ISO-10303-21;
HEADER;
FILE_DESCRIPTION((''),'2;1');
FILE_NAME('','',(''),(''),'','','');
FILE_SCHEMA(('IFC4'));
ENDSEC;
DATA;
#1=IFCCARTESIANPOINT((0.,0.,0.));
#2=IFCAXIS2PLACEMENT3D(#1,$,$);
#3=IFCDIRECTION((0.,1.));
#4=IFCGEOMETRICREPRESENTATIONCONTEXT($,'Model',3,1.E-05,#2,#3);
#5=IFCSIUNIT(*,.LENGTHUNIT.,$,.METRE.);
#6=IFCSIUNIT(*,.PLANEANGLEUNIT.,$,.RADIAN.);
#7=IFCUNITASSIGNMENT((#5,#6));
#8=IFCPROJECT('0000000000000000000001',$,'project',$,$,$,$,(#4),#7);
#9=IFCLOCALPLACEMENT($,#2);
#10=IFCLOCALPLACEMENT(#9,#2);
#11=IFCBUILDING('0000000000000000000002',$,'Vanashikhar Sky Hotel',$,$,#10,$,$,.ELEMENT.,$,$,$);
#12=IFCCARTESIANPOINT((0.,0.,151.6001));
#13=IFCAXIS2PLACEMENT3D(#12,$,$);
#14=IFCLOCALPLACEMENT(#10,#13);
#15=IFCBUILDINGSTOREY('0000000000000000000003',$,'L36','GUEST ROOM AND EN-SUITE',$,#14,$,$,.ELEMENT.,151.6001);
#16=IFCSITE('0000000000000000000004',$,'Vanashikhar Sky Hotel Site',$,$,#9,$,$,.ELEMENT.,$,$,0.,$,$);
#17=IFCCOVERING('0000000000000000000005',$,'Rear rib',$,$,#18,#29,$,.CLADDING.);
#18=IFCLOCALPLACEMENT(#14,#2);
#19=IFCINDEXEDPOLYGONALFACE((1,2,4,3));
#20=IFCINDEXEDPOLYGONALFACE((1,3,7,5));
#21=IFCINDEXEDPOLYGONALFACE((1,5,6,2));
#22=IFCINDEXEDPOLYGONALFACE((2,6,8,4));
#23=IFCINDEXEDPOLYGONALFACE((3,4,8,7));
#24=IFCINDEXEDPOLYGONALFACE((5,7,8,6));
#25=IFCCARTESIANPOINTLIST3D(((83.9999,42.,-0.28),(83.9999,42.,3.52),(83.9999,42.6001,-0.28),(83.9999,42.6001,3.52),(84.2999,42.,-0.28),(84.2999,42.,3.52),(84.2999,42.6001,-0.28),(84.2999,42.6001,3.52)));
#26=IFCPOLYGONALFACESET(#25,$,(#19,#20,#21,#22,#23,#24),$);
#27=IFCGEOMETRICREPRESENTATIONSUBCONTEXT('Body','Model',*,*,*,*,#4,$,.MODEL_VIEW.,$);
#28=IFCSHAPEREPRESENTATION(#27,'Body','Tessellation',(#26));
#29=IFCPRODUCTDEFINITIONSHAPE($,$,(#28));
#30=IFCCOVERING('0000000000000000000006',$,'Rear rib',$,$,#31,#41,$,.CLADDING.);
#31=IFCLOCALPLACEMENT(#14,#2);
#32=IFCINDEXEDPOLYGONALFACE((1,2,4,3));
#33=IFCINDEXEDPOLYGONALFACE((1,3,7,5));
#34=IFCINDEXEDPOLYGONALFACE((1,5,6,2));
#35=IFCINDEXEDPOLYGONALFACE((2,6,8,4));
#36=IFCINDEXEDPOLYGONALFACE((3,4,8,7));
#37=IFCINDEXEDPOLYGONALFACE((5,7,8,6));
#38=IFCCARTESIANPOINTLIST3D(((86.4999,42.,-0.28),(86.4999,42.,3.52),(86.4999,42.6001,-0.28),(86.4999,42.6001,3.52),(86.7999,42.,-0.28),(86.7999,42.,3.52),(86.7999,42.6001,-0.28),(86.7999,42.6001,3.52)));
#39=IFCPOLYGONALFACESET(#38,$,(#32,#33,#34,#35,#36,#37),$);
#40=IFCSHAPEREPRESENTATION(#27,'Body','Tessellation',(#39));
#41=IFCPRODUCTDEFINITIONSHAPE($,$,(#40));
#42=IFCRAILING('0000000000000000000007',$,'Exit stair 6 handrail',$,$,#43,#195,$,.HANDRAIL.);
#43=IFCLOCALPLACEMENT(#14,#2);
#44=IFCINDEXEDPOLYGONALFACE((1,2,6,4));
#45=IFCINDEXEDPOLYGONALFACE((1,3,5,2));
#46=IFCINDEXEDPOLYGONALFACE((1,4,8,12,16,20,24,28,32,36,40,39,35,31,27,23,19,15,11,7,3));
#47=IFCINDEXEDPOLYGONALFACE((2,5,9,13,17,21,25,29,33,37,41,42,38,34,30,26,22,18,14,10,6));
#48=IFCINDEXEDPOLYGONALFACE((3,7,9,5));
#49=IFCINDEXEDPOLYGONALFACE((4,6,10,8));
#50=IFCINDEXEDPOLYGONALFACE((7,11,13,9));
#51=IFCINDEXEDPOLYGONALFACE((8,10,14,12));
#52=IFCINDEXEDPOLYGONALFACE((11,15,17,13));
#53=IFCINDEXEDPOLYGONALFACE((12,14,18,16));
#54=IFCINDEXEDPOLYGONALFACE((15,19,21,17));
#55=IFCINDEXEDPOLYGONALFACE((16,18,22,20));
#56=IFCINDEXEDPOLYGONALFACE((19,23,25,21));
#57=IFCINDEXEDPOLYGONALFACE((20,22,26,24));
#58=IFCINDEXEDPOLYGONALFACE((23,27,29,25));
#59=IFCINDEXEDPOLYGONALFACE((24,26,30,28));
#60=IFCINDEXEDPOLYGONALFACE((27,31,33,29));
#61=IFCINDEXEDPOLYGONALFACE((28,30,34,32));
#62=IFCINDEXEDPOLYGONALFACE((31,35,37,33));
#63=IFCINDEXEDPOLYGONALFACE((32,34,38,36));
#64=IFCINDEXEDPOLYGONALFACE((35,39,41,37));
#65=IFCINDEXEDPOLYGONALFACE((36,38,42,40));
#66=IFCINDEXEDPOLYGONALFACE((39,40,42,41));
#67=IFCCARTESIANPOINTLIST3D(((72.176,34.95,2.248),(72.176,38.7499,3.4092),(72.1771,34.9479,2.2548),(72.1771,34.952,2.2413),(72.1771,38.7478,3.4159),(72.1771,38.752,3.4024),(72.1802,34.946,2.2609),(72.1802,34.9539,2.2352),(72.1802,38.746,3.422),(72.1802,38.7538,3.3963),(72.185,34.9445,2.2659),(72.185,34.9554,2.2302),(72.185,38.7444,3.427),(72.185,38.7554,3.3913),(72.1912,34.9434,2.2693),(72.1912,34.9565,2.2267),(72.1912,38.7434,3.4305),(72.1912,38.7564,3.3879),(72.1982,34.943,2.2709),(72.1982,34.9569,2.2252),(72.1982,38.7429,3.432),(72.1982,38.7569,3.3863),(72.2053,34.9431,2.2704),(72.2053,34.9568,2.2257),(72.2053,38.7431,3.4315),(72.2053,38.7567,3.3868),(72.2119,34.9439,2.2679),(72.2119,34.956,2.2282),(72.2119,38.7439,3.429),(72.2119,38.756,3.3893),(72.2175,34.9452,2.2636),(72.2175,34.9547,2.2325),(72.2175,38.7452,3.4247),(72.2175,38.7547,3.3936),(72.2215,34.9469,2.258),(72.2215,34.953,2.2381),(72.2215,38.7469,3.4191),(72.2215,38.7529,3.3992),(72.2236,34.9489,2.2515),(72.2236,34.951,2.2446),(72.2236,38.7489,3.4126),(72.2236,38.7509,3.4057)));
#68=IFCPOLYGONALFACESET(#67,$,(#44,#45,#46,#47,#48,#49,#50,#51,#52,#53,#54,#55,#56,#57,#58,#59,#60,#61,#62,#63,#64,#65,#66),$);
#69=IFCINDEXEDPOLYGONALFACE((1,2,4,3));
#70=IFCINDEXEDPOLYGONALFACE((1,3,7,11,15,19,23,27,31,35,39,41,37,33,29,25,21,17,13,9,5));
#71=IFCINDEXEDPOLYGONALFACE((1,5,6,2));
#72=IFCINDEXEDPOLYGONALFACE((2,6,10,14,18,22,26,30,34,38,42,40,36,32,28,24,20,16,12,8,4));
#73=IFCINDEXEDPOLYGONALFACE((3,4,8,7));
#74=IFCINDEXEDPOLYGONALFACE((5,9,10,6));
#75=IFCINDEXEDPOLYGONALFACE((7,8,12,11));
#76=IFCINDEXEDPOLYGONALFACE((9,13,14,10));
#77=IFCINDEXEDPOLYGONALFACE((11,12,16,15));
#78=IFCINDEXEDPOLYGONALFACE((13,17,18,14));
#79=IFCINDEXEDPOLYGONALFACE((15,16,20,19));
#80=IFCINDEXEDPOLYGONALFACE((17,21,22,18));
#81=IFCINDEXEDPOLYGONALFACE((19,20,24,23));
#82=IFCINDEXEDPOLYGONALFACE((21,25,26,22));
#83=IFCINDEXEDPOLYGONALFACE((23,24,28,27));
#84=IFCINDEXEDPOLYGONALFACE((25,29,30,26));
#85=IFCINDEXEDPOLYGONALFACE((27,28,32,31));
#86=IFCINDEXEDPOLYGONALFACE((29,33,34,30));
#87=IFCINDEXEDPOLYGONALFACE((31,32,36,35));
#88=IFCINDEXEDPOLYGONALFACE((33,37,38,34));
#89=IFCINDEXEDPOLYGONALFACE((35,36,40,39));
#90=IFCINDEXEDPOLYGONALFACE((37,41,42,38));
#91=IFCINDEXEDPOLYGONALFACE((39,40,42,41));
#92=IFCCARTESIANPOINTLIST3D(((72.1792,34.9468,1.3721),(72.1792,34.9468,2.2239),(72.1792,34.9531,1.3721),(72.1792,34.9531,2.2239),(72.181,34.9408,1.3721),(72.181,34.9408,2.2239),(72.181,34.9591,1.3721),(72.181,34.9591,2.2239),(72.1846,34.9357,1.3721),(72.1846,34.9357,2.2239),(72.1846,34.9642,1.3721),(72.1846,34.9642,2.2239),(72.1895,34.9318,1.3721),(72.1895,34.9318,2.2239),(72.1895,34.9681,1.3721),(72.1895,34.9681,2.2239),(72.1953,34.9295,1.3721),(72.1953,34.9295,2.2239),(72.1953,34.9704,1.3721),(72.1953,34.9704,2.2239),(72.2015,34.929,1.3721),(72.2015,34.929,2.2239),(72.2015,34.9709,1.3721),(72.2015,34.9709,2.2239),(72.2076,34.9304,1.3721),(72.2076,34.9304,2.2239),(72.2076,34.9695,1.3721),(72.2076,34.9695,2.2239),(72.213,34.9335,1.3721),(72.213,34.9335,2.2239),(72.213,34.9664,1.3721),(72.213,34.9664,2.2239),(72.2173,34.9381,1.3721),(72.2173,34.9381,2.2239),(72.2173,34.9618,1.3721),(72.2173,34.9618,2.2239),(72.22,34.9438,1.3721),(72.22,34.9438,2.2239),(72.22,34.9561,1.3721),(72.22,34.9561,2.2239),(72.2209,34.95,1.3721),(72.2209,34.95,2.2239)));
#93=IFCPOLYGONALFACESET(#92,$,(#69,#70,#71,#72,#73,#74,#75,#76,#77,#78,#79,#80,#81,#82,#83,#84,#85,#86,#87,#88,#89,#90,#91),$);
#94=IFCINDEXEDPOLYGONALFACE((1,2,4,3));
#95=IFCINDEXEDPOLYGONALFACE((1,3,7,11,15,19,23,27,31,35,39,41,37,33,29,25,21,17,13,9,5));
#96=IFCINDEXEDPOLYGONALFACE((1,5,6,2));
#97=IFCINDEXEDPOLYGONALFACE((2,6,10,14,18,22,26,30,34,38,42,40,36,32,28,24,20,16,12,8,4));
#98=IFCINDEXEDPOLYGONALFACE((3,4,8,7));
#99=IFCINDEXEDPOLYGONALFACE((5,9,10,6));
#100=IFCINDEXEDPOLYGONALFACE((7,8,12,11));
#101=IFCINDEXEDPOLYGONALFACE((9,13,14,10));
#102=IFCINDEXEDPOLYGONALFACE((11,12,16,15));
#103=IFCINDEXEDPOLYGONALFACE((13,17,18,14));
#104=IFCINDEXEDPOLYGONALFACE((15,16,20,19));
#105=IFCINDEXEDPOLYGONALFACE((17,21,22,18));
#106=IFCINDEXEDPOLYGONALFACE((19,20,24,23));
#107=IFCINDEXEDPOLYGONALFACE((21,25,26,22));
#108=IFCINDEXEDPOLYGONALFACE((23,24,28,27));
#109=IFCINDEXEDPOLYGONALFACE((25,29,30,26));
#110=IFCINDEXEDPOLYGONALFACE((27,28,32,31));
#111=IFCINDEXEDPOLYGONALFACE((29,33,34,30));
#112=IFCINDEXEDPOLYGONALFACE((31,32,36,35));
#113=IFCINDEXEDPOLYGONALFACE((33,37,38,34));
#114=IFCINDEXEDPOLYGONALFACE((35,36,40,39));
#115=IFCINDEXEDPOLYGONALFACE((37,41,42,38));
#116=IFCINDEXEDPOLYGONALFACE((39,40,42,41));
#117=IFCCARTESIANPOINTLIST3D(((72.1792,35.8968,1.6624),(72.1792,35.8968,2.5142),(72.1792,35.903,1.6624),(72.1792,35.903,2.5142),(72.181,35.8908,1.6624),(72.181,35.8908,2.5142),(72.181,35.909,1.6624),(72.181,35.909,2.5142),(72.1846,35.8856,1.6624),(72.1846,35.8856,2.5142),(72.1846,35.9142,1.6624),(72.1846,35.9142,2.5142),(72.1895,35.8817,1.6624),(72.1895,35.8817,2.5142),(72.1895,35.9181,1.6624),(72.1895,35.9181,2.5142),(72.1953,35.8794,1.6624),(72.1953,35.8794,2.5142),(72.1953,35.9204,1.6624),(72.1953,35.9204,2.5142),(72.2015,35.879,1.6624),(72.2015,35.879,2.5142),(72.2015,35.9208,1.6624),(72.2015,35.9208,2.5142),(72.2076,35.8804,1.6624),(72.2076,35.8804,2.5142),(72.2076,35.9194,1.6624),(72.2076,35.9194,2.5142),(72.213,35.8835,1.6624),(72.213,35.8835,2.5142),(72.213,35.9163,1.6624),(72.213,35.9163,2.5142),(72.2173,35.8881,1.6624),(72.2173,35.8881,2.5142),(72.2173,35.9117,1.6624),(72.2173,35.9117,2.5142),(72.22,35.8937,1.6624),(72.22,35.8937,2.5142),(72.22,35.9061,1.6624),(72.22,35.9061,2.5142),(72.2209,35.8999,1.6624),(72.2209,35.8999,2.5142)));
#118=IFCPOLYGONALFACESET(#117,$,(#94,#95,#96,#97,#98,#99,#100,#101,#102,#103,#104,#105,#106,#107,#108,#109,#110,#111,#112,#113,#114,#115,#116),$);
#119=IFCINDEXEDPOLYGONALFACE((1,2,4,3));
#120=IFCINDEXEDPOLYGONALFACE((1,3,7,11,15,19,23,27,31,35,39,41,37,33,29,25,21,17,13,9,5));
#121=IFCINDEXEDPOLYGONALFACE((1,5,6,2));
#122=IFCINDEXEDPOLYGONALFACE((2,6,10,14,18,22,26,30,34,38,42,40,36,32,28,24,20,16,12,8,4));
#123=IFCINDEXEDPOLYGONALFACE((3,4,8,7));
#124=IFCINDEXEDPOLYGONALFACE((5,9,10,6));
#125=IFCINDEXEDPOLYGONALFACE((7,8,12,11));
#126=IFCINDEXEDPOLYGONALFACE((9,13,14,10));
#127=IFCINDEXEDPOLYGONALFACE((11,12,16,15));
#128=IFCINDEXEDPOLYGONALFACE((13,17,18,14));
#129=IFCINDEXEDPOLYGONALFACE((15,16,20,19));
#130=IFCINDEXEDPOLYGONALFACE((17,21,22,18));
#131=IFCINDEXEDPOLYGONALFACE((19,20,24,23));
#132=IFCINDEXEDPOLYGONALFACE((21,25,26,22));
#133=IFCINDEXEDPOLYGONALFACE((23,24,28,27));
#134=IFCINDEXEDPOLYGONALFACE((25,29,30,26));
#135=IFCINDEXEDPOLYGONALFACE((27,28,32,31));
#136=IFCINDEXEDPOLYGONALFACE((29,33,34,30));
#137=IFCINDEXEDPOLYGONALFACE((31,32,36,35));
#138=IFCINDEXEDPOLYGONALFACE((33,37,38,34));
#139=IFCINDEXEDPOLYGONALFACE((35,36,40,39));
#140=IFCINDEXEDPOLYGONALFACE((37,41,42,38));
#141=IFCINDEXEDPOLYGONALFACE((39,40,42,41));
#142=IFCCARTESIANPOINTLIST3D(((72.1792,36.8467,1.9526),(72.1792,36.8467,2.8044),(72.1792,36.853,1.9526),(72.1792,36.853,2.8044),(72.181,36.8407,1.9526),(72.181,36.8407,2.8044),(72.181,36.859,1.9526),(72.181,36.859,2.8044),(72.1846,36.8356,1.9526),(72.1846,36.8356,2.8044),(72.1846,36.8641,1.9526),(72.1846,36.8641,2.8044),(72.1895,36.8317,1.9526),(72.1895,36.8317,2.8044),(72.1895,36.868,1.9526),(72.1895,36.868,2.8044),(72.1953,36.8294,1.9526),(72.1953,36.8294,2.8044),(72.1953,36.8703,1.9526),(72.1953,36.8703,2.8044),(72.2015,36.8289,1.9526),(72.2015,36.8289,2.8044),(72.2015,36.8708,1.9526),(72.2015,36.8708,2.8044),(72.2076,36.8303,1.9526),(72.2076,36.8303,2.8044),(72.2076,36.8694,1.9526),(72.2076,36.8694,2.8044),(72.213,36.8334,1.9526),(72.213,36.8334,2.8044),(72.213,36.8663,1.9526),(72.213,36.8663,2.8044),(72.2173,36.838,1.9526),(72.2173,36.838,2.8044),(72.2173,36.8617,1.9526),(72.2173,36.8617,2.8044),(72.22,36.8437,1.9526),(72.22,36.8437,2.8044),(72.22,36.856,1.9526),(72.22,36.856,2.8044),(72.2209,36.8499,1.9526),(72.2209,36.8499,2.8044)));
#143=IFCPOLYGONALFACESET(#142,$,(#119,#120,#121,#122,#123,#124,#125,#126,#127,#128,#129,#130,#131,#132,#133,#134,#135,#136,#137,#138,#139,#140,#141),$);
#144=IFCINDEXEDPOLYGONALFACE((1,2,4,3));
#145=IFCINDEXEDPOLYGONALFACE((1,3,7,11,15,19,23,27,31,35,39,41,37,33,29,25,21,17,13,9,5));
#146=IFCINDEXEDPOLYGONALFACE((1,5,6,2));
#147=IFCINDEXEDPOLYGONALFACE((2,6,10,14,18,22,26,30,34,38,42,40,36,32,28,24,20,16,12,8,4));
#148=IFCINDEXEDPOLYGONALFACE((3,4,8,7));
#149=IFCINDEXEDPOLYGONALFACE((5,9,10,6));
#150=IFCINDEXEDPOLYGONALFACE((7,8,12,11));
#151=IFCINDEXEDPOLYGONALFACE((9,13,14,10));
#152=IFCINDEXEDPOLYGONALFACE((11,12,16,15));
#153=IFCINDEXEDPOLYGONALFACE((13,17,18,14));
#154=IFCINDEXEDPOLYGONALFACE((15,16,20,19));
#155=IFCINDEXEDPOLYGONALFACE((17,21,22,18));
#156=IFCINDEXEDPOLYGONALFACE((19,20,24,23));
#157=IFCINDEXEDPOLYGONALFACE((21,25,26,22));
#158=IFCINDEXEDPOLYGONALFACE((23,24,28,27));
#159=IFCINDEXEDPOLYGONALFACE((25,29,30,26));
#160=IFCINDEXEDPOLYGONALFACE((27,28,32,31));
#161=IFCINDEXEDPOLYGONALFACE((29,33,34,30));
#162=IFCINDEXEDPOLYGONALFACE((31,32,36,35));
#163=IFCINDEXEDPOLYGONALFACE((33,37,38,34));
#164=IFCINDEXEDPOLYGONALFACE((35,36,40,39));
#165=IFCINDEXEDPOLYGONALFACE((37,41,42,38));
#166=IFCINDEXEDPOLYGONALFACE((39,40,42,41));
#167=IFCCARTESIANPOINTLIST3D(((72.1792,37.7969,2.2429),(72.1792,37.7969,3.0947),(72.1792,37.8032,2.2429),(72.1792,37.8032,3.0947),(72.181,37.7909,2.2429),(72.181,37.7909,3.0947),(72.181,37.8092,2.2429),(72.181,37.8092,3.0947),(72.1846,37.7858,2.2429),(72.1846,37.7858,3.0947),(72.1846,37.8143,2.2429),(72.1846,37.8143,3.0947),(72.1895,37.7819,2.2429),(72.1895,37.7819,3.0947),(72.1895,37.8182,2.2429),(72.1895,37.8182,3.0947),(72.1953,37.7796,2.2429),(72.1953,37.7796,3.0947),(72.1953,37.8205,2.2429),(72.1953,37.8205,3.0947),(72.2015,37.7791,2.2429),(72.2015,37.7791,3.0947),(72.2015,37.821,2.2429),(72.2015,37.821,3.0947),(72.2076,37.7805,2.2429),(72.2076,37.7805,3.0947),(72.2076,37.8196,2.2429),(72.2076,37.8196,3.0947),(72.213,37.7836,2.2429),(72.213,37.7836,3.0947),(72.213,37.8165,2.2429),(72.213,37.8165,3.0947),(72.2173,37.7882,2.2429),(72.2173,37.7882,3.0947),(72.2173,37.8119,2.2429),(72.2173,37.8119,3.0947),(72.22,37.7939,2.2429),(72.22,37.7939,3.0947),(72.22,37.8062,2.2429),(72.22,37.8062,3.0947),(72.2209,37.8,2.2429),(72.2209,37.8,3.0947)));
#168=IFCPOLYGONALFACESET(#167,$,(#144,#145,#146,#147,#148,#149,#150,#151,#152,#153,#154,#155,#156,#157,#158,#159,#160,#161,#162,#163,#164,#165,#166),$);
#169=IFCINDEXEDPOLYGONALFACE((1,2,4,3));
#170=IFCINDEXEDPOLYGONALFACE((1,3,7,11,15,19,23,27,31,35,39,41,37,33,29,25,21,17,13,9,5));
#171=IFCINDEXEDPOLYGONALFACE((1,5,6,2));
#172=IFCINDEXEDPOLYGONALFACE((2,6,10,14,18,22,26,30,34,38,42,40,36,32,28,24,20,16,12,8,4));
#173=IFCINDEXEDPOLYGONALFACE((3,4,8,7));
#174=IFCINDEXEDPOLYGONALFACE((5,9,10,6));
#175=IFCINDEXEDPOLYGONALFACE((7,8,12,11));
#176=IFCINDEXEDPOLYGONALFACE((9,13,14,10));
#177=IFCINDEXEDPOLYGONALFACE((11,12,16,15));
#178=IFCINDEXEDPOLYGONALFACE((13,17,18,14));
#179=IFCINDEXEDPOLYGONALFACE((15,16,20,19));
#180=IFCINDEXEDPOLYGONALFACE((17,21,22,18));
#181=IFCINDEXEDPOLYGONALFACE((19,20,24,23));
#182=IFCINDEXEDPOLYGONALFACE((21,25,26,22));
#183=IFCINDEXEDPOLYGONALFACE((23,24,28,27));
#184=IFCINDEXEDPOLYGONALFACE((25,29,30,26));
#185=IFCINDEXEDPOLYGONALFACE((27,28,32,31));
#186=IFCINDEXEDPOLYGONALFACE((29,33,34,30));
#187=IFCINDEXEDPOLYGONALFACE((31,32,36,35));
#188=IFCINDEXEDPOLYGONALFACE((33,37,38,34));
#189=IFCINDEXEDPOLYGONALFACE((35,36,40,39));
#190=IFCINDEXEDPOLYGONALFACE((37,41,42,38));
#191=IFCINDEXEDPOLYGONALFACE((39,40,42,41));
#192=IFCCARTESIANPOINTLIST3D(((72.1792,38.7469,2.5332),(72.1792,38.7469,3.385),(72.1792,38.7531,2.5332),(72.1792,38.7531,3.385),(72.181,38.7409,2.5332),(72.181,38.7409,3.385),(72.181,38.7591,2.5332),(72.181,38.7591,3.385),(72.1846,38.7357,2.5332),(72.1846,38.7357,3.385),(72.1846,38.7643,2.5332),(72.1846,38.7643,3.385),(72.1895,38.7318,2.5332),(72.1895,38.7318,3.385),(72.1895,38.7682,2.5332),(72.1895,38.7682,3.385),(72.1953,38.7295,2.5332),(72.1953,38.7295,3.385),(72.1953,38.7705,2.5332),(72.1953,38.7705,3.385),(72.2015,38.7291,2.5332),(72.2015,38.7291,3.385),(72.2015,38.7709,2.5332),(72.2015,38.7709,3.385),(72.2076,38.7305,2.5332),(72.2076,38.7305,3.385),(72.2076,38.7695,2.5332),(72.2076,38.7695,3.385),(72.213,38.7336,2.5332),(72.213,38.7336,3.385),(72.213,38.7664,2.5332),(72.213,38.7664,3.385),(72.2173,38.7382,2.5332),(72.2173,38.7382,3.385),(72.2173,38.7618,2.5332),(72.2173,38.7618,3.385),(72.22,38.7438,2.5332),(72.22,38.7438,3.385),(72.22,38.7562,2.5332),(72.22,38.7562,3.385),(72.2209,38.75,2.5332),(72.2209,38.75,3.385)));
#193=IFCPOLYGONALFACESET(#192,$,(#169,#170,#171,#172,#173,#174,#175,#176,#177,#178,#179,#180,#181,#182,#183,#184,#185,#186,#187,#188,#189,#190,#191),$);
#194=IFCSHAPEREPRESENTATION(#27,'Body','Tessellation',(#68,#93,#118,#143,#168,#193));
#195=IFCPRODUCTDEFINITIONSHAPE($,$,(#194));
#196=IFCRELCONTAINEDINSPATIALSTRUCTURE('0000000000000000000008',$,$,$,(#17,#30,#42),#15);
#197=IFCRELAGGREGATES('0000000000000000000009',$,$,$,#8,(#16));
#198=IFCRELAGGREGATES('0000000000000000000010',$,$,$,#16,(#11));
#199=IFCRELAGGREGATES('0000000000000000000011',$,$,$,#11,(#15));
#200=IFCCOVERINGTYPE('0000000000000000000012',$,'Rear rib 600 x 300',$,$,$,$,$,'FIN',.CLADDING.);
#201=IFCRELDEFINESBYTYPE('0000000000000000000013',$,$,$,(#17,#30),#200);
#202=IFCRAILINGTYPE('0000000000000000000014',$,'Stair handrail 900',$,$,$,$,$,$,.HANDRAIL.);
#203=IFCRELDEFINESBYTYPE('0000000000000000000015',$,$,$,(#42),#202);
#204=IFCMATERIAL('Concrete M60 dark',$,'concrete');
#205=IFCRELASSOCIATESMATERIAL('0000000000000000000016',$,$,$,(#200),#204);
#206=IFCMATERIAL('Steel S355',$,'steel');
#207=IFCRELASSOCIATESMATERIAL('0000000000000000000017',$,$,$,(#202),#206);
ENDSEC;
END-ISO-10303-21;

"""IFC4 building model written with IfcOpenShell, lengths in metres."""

from ifc_helpers import new_model, si_unit, direction, frame, origin, origin_2d, place, context, subcontext, project, spatial, rectangle, circle, extrude, source, transform, mapped, material, material_profile, profile_set, type_object, element, save


model = new_model("IFC4")

# Units and contexts
model_context = context("Model", 3, precision=1e-05, world=origin(), true_north=direction((0.0, 1.0)))
body_context = subcontext(model_context, "Body", "Model", "MODEL_VIEW")
ifc_project = project(units=[si_unit("LENGTHUNIT", "METRE"), si_unit("PLANEANGLEUNIT", "RADIAN")], contexts=[model_context])

# Site, building, storey
site_placement = place(None, origin())
site = spatial("IfcSite", under=ifc_project, at=site_placement, Name="Vanashikhar Sky Hotel Site", CompositionType="ELEMENT", RefElevation=0.0)
building_placement = place(site_placement, origin())
building = spatial("IfcBuilding", under=site, at=building_placement, Name="Vanashikhar Sky Hotel", CompositionType="ELEMENT")
storey_placement = place(building_placement, frame((0.0, 0.0, 151.6001)))
storey = spatial("IfcBuildingStorey", under=building, at=storey_placement, Name="L36", Description="GUEST ROOM AND EN-SUITE", CompositionType="ELEMENT", Elevation=151.6001)

# Coverings
ifc_material_1 = material(Name="Concrete M60 dark", Category="concrete")
ifc_material_profile_1 = material_profile(ifc_material_1, rectangle(XDim=0.6001, YDim=0.3, at=origin_2d()))
ifc_profile_set_1 = profile_set([ifc_material_profile_1], Name="Rear rib 600 x 300")
covering_type_1 = type_object("IfcCoveringType", Name="Rear rib 600 x 300", ElementType="FIN", PredefinedType="CLADDING", material=ifc_profile_set_1)
shared_shape_1 = source(origin(), body_context, "Body", "SweptSolid", [
    extrude(rectangle(XDim=0.6001, YDim=0.3, at=origin_2d()), origin(), (0.0, 0.0, 1.0), 3.8),
])
for number, where, z_axis, x_axis, name in (
    (1, (84.1499, 42.3, -0.28), (0.0, 0.0, 1.0), (0.0, 1.0, 0.0), "Rear rib"),
    (2, (86.6499, 42.3, -0.28), (0.0, 0.0, 1.0), (0.0, 1.0, 0.0), "Rear rib"),
):
    element("IfcCovering", number, at=place(storey_placement, frame(where, z_axis=z_axis, x_axis=x_axis)), inside=storey, type_object=covering_type_1, Name=name, PredefinedType="CLADDING", context=body_context, shape_type="MappedRepresentation", body=[
        mapped(shared_shape_1, transform((0.0, 0.0, 0.0), scale=1.0)),
    ])

# Railing
ifc_material_2 = material(Name="Steel S355", Category="steel")
railing_type_1 = type_object("IfcRailingType", Name="Stair handrail 900", PredefinedType="HANDRAIL", material=ifc_material_2)
shared_shape_2 = source(origin(), body_context, "Body", "SweptSolid", [
    extrude(circle(Radius=0.0239, at=origin_2d()), frame((0.0, 0.0, 0.876), z_axis=(0.0, 0.956351, 0.29222), x_axis=(-1.0, 0.0, 0.0)), (0.0, 0.0, 1.0), 3.9734),
    extrude(circle(Radius=0.021, at=origin_2d()), origin(), (0.0, 0.0, 1.0), 0.8518),
    extrude(circle(Radius=0.021, at=origin_2d()), frame((0.0, 0.95, 0.2903)), (0.0, 0.0, 1.0), 0.8518),
    extrude(circle(Radius=0.021, at=origin_2d()), frame((0.0, 1.8999, 0.5806)), (0.0, 0.0, 1.0), 0.8518),
    extrude(circle(Radius=0.021, at=origin_2d()), frame((0.0, 2.8501, 0.8708)), (0.0, 0.0, 1.0), 0.8518),
    extrude(circle(Radius=0.021, at=origin_2d()), frame((0.0, 3.8, 1.1611)), (0.0, 0.0, 1.0), 0.8518),
])
railing_1_placement = place(storey_placement, frame((72.2, 34.95, 1.3721)))
element("IfcRailing", 3, at=railing_1_placement, inside=storey, type_object=railing_type_1, Name="Exit stair 6 handrail", PredefinedType="HANDRAIL", context=body_context, shape_type="MappedRepresentation", body=[
    mapped(shared_shape_2, transform((0.0, 0.0, 0.0), scale=1.0)),
])

save(model, "model.ifc")
